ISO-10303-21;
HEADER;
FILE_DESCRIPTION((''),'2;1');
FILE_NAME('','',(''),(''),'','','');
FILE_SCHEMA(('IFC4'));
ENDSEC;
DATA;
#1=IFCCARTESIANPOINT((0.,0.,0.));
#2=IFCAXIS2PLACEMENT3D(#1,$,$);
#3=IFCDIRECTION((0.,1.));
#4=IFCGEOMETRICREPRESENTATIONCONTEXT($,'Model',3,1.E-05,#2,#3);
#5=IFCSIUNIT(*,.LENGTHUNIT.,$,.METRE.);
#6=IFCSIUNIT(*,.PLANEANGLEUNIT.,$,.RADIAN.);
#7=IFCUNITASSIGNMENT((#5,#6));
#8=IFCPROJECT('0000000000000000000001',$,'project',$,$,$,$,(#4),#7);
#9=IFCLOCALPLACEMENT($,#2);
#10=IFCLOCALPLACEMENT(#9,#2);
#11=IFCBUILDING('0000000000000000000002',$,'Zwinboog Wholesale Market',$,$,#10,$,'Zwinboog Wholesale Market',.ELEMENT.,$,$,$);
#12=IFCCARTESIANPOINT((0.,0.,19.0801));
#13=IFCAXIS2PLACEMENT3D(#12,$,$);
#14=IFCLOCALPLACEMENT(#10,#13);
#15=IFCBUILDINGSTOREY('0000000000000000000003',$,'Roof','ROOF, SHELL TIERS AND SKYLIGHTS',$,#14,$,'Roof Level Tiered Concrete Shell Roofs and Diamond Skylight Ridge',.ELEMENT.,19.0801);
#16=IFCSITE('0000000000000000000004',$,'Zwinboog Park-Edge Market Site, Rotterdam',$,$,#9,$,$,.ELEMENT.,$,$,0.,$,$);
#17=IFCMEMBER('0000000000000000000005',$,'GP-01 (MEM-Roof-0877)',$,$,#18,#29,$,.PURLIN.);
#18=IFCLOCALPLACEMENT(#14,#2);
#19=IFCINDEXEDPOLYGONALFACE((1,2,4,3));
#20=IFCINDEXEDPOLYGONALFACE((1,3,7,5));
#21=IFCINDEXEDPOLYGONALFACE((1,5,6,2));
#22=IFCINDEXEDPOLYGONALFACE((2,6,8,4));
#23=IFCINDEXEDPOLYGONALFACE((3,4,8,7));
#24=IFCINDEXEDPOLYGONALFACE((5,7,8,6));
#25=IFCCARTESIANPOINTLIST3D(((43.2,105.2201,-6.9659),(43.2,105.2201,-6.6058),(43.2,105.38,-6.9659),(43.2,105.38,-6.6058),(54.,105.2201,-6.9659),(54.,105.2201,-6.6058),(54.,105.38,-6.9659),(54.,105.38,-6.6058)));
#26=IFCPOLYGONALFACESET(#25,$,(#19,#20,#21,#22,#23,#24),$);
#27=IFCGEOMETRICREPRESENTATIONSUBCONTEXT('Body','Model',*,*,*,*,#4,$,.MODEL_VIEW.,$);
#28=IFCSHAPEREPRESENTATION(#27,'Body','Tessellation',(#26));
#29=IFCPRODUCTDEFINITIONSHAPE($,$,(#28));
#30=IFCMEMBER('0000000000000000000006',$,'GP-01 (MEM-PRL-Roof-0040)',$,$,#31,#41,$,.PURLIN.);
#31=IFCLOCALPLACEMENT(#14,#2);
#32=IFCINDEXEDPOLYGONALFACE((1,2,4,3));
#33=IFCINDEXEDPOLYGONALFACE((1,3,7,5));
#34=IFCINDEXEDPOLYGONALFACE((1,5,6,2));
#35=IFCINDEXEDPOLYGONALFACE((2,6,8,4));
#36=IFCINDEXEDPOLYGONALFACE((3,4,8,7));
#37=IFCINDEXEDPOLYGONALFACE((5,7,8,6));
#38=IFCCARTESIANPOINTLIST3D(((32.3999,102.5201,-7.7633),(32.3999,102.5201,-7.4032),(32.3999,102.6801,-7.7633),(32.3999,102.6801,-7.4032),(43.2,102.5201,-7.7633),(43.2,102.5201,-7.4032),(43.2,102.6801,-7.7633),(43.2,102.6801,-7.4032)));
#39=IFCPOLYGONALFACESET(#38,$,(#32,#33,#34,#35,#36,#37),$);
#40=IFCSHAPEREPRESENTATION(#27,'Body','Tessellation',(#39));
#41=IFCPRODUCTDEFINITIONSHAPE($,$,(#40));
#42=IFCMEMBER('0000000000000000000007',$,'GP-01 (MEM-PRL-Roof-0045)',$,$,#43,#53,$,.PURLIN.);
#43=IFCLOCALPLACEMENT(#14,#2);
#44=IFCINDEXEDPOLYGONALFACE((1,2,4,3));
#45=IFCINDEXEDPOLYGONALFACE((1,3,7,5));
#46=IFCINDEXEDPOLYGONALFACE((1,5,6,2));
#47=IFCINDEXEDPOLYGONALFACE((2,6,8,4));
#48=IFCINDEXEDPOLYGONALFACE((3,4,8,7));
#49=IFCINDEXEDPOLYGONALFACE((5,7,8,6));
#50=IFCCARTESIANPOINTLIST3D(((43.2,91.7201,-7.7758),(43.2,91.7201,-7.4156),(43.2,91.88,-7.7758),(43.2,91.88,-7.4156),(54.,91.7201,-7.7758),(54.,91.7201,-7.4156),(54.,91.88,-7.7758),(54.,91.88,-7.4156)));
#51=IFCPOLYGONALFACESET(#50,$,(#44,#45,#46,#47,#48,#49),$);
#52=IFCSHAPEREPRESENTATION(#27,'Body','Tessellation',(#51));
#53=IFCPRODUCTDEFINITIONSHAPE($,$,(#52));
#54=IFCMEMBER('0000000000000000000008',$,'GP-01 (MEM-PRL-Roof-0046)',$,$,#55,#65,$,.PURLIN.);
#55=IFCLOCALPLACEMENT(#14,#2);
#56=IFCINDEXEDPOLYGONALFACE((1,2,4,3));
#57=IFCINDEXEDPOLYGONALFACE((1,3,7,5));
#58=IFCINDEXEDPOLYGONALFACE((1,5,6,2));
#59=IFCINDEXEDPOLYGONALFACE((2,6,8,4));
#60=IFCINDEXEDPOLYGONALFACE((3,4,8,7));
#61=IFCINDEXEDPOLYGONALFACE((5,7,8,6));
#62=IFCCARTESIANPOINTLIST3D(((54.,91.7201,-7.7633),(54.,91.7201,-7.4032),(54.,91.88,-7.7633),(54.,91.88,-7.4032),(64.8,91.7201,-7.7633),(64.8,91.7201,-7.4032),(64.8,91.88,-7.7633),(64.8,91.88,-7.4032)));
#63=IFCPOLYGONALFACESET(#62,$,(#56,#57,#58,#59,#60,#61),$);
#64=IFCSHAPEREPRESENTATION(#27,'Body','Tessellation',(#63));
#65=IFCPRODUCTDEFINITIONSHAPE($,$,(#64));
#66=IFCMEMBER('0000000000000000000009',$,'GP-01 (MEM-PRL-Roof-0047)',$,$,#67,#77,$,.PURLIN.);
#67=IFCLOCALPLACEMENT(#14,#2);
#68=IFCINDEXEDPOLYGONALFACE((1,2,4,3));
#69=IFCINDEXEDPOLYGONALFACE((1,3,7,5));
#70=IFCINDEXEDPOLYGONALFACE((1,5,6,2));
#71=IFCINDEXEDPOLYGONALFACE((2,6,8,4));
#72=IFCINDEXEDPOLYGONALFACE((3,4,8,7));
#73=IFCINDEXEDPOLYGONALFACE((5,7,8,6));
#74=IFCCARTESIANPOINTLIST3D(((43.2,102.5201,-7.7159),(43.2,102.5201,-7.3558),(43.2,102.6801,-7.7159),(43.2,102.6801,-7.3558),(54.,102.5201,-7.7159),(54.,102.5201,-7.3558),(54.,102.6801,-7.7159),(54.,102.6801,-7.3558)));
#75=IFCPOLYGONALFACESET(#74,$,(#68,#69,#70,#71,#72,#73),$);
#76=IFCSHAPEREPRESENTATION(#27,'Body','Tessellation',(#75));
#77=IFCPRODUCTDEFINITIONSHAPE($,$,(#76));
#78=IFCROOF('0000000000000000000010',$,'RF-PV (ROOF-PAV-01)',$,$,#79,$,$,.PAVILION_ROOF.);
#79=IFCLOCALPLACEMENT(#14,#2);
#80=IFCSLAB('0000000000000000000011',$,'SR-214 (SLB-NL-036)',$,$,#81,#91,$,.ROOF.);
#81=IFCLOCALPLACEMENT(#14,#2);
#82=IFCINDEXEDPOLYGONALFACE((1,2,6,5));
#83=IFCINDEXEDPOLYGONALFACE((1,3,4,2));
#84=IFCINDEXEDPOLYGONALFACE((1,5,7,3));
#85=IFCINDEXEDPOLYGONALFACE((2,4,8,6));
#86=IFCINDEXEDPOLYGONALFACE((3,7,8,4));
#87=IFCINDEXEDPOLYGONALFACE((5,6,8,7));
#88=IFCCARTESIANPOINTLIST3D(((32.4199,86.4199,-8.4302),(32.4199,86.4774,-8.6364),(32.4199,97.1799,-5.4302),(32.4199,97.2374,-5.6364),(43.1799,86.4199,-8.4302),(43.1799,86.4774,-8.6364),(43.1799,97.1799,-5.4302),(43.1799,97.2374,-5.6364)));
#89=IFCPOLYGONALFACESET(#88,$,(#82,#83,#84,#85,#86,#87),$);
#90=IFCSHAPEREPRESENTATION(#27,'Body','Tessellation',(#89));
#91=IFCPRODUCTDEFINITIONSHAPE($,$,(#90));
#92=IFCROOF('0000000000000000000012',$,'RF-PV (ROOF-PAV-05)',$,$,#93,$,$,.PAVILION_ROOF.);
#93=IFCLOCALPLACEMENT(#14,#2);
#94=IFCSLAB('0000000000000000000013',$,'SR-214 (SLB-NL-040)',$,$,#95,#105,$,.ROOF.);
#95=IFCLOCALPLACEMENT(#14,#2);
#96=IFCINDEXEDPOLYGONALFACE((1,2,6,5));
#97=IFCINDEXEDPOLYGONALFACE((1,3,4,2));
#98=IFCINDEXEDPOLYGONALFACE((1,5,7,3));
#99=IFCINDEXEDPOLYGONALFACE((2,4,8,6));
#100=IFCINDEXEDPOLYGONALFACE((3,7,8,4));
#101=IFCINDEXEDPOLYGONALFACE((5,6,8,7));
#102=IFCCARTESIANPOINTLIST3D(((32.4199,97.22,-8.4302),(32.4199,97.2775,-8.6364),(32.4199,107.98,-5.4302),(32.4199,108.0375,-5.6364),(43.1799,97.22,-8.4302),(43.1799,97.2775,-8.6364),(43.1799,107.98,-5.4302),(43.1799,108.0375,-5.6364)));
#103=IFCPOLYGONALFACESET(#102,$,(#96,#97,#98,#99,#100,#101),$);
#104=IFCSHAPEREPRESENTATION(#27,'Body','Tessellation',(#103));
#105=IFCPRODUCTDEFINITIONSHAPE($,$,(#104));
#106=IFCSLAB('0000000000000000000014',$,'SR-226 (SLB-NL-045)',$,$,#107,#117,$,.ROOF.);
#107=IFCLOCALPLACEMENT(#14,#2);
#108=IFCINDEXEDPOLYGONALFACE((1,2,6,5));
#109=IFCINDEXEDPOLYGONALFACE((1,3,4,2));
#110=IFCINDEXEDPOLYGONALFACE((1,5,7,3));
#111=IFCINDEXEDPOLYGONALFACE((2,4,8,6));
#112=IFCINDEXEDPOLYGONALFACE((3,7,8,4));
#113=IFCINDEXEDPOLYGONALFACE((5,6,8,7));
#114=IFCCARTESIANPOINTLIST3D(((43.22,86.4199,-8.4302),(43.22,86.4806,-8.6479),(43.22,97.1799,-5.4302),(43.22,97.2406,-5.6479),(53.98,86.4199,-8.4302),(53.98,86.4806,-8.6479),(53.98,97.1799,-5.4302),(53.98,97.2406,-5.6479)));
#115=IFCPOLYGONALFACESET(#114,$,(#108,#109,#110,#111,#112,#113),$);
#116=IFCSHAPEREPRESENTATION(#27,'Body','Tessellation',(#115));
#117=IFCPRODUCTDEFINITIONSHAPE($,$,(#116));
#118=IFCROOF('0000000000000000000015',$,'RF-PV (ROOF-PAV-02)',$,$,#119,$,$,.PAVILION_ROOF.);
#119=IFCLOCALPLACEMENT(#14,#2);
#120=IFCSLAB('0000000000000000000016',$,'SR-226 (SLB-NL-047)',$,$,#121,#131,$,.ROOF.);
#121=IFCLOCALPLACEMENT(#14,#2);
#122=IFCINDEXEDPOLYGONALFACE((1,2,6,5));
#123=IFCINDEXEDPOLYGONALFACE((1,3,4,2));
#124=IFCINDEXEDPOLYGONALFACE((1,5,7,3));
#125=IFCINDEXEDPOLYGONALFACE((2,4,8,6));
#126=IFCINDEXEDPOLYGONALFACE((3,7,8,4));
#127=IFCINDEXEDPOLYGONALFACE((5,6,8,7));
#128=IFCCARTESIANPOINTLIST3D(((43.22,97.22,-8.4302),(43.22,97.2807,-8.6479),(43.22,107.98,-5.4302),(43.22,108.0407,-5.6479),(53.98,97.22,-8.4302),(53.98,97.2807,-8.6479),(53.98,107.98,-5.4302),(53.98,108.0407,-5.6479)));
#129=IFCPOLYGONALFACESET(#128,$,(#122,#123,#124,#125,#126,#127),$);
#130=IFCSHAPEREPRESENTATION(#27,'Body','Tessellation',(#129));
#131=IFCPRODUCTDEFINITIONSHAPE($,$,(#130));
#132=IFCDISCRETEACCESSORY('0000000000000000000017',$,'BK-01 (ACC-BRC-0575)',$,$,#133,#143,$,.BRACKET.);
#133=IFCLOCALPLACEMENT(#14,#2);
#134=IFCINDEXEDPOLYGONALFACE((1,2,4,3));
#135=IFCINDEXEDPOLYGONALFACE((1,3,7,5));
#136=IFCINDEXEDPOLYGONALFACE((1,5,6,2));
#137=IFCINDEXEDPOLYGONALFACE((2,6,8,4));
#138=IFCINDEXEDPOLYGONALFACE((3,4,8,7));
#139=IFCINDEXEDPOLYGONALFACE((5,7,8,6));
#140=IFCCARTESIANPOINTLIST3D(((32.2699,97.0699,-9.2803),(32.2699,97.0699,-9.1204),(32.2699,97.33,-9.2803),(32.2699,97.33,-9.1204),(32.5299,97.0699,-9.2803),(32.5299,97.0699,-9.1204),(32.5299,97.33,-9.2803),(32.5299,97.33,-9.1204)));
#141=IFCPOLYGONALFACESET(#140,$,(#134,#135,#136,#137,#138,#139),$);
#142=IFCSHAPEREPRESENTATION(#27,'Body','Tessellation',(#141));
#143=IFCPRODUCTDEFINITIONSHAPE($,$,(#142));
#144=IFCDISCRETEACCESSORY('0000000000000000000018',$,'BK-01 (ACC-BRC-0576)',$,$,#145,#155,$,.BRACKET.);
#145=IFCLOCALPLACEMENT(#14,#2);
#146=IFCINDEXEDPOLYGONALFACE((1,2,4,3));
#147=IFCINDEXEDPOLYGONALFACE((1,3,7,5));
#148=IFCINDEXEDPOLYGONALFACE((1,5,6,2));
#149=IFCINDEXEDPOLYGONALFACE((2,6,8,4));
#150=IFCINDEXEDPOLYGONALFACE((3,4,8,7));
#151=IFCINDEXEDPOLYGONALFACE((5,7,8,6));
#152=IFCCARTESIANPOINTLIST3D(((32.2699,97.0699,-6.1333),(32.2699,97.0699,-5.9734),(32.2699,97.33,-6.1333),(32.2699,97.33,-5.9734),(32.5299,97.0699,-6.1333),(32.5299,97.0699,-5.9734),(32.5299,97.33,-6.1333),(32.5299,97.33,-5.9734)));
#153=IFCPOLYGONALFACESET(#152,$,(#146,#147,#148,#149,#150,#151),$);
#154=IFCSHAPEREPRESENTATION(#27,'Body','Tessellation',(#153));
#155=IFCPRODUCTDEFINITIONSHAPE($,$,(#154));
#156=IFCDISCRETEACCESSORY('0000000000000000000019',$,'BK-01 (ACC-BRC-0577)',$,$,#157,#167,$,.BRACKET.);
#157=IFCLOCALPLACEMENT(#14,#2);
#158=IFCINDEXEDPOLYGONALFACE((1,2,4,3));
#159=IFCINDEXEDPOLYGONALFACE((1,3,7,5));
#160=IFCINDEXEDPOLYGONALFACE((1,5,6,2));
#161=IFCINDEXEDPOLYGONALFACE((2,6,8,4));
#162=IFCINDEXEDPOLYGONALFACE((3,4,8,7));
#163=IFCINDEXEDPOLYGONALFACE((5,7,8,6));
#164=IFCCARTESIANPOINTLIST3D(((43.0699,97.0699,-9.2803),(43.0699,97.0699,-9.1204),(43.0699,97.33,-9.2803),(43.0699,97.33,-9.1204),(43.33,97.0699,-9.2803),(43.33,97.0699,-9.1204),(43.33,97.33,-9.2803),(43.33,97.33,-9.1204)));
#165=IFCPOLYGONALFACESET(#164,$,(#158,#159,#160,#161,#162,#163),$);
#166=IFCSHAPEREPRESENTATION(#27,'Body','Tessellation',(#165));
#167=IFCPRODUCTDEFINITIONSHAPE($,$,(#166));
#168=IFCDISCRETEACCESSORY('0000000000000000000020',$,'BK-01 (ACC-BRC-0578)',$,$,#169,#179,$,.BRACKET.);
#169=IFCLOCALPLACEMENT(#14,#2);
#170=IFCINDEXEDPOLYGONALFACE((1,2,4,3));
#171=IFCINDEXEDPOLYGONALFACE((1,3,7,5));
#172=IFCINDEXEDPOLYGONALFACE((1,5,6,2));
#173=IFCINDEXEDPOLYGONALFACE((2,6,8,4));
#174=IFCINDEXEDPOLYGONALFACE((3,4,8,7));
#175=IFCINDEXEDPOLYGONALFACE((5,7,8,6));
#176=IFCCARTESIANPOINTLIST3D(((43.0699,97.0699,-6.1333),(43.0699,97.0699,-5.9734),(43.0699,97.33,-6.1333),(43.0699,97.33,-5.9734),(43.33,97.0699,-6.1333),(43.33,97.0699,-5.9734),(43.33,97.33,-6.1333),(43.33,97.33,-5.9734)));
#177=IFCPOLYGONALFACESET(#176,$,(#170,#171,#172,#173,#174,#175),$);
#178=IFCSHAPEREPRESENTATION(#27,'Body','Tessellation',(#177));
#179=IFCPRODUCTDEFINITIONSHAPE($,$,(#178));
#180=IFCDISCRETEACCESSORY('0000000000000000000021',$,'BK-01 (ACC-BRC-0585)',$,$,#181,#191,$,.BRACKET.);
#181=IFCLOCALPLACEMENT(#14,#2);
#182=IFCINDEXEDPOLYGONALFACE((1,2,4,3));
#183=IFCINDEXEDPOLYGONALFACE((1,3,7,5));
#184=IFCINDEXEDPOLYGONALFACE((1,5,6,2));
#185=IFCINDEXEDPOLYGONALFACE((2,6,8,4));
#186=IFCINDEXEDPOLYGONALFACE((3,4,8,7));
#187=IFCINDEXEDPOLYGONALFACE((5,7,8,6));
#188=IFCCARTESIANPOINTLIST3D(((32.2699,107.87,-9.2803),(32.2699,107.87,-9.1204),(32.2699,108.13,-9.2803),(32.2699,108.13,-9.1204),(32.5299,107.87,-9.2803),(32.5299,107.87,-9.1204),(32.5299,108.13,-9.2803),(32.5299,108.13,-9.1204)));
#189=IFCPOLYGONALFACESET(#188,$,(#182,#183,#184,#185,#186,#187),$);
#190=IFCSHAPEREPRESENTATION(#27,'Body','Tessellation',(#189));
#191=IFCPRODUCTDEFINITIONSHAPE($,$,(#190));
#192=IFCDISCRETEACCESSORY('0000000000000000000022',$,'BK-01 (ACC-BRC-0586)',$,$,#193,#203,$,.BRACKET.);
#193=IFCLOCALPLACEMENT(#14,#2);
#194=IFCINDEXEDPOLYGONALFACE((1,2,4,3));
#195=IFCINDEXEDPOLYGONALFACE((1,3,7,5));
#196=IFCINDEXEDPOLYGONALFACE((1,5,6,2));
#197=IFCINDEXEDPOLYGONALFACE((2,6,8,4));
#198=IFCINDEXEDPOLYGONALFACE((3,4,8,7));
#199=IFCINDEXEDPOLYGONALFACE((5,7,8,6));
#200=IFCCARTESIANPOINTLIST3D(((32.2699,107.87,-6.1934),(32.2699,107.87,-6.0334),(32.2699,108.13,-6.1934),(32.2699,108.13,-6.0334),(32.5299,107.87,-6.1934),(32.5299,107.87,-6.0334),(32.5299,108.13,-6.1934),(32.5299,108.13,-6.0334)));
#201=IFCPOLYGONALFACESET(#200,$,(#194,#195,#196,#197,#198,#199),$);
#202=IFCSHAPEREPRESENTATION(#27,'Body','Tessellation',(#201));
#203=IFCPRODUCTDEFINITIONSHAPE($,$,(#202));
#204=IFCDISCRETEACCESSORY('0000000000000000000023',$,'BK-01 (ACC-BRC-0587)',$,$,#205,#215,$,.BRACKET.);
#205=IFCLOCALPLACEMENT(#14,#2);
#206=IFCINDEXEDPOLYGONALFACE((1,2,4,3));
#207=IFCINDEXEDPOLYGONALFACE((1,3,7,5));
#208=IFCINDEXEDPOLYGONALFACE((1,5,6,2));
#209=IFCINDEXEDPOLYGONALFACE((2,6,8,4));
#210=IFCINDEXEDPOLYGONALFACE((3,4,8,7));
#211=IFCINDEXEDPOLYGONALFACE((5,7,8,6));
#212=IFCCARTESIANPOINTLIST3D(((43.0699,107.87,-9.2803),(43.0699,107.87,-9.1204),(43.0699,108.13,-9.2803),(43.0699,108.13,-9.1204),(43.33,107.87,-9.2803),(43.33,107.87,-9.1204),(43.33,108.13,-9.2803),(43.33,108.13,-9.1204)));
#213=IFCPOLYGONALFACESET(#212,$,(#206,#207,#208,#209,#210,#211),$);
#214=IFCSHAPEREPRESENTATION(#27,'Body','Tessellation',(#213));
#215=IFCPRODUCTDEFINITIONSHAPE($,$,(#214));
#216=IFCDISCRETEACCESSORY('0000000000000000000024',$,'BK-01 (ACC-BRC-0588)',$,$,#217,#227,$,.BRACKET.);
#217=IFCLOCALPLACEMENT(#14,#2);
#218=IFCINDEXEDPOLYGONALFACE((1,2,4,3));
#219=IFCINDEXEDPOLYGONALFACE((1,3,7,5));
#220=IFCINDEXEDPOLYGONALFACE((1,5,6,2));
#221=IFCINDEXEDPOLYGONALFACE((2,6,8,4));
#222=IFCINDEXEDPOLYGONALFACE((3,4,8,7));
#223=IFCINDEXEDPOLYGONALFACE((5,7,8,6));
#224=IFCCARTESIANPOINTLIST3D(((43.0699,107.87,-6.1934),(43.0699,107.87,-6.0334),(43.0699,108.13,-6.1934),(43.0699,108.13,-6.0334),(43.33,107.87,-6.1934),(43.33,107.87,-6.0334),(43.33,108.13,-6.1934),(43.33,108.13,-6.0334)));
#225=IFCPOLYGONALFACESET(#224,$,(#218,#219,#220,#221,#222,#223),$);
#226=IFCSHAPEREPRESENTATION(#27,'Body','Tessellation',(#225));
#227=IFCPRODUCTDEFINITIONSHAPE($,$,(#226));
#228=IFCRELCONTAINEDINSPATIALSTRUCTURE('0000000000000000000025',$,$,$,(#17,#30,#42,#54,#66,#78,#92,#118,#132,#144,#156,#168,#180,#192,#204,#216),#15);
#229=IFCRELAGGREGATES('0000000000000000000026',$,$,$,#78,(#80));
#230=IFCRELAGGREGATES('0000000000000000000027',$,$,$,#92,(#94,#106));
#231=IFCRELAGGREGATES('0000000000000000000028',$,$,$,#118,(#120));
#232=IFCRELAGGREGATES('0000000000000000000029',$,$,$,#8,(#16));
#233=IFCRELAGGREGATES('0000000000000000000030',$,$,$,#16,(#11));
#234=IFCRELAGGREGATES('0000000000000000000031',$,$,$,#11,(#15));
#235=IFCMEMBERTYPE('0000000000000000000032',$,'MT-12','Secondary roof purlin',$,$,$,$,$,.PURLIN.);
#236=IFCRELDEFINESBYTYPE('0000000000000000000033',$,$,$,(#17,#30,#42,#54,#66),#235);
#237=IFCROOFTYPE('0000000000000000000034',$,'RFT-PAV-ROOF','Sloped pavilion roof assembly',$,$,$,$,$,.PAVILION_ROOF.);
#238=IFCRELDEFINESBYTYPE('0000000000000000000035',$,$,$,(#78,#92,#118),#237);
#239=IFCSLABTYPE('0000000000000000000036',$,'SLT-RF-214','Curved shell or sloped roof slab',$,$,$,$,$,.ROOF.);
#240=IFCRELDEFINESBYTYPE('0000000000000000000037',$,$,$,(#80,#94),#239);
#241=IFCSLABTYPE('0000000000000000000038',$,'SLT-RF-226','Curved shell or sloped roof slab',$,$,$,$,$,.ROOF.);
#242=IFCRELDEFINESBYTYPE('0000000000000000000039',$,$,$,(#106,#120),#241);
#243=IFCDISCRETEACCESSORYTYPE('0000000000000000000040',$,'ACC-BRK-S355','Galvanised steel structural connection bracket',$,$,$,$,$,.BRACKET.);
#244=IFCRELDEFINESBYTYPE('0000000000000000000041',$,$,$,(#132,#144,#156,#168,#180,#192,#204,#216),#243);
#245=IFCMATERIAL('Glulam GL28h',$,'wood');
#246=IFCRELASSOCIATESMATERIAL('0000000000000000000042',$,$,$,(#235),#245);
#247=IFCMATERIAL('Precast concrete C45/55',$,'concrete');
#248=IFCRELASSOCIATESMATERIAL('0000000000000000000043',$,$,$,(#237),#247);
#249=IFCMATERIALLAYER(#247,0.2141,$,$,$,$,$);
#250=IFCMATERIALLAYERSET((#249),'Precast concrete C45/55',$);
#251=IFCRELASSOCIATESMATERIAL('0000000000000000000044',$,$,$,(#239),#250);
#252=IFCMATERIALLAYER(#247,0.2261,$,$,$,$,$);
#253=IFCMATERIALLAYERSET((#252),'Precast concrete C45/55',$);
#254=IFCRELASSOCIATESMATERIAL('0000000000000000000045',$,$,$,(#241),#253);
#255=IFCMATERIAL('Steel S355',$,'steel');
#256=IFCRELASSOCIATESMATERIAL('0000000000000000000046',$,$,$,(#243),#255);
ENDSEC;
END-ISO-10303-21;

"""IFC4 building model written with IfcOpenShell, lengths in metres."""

from ifc_helpers import new_model, si_unit, direction, frame, origin, origin_2d, place, context, subcontext, project, spatial, polyline, rectangle, outline, extrude, material, layer, layer_set, material_profile, profile_set, type_object, element, aggregate, save


model = new_model("IFC4")

# Units and contexts
model_context = context("Model", 3, precision=1e-05, world=origin(), true_north=direction((0.0, 1.0)))
body_context = subcontext(model_context, "Body", "Model", "MODEL_VIEW")
ifc_project = project(units=[si_unit("LENGTHUNIT", "METRE"), si_unit("PLANEANGLEUNIT", "RADIAN")], contexts=[model_context])

# Site, building, storey
site_placement = place(None, origin())
site = spatial("IfcSite", under=ifc_project, at=site_placement, Name="Zwinboog Park-Edge Market Site, Rotterdam", CompositionType="ELEMENT", RefElevation=0.0)
building_placement = place(site_placement, origin())
building = spatial("IfcBuilding", under=site, at=building_placement, Name="Zwinboog Wholesale Market", LongName="Zwinboog Wholesale Market", CompositionType="ELEMENT")
storey_placement = place(building_placement, frame((0.0, 0.0, 19.0801)))
storey = spatial("IfcBuildingStorey", under=building, at=storey_placement, Name="Roof", Description="ROOF, SHELL TIERS AND SKYLIGHTS", LongName="Roof Level Tiered Concrete Shell Roofs and Diamond Skylight Ridge", CompositionType="ELEMENT", Elevation=19.0801)

# Shared definitions
ifc_material_1 = material(Name="Precast concrete C45/55", Category="concrete")

# Members
ifc_material_2 = material(Name="Steel S355", Category="steel")
ifc_material_3 = material(Name="Glulam GL28h", Category="wood")
ifc_material_profile_1 = material_profile(ifc_material_3, rectangle(XDim=0.1599, YDim=0.3601, at=origin_2d()), Name="GL28h 160x360")
ifc_profile_set_1 = profile_set([ifc_material_profile_1], Name="Glulam GL28h")
member_type_1 = type_object("IfcMemberType", Name="MT-12", Description="Secondary roof purlin", PredefinedType="PURLIN", material=ifc_profile_set_1)
for number, where, z_axis, x_axis, name in (
    (1, (43.2, 105.3, -6.7859), (1.0, 0.0, 0.0), (0.0, 1.0, 0.0), "GP-01 (MEM-Roof-0877)"),
    (2, (32.3999, 102.6001, -7.5833), (1.0, 0.0, 0.0), (0.0, 1.0, 0.0), "GP-01 (MEM-PRL-Roof-0040)"),
    (3, (43.2, 91.8, -7.5957), (1.0, 0.0, 0.0), (0.0, 1.0, 0.0), "GP-01 (MEM-PRL-Roof-0045)"),
    (4, (54.0, 91.8, -7.5833), (1.0, 0.0, 0.0), (0.0, 1.0, 0.0), "GP-01 (MEM-PRL-Roof-0046)"),
    (5, (43.2, 102.6001, -7.5359), (1.0, 0.0, 0.0), (0.0, 1.0, 0.0), "GP-01 (MEM-PRL-Roof-0047)"),
):
    element("IfcMember", number, at=place(storey_placement, frame(where, z_axis=z_axis, x_axis=x_axis)), inside=storey, type_object=member_type_1, Name=name, PredefinedType="PURLIN", context=body_context, shape_type="SweptSolid", body=[
        extrude(rectangle(XDim=0.1599, YDim=0.3601, at=origin_2d()), origin(), (0.0, 0.0, 1.0), 10.8),
    ])

# Roof, slab
roof_type = type_object("IfcRoofType", Name="RFT-PAV-ROOF", Description="Sloped pavilion roof assembly", PredefinedType="PAVILION_ROOF", material=ifc_material_1)
roof_1_placement = place(storey_placement, origin())
roof_1 = element("IfcRoof", 6, at=roof_1_placement, inside=storey, type_object=roof_type, Name="RF-PV (ROOF-PAV-01)", PredefinedType="PAVILION_ROOF")
ifc_layer_1 = layer(ifc_material_1, 0.2141)
ifc_layer_set_1 = layer_set([ifc_layer_1], Name="Precast concrete C45/55")
slab_type_1 = type_object("IfcSlabType", Name="SLT-RF-214", Description="Curved shell or sloped roof slab", PredefinedType="ROOF", material=ifc_layer_set_1)
slab_1_placement = place(storey_placement, frame((32.4199, 86.4199, -8.4302), z_axis=(0.0, -0.268567, 0.963261), x_axis=(1.0, 0.0, 0.0)))
slab_1 = element("IfcSlab", 7, at=slab_1_placement, type_object=slab_type_1, Name="SR-214 (SLB-NL-036)", PredefinedType="ROOF", context=body_context, shape_type="SweptSolid", body=[
    extrude(outline(polyline([(0.0, 0.0), (10.76, 0.0), (10.76, 11.1704), (0.0, 11.1704), (0.0, 0.0)])), origin(), (0.0, 0.0, -1.0), 0.2141),
])
aggregate(roof_1, [slab_1])

# Roof, slabs
roof_2_placement = place(storey_placement, origin())
roof_2 = element("IfcRoof", 8, at=roof_2_placement, inside=storey, type_object=roof_type, Name="RF-PV (ROOF-PAV-05)", PredefinedType="PAVILION_ROOF")
slab_2_placement = place(storey_placement, frame((32.4199, 97.22, -8.4302), z_axis=(0.0, -0.268567, 0.963261), x_axis=(1.0, 0.0, 0.0)))
slab_2 = element("IfcSlab", 9, at=slab_2_placement, type_object=slab_type_1, Name="SR-214 (SLB-NL-040)", PredefinedType="ROOF", context=body_context, shape_type="SweptSolid", body=[
    extrude(outline(polyline([(0.0, 0.0), (10.76, 0.0), (10.76, 11.1704), (0.0, 11.1704), (0.0, 0.0)])), origin(), (0.0, 0.0, -1.0), 0.2141),
])
ifc_layer_2 = layer(ifc_material_1, 0.2261)
ifc_layer_set_2 = layer_set([ifc_layer_2], Name="Precast concrete C45/55")
slab_type_2 = type_object("IfcSlabType", Name="SLT-RF-226", Description="Curved shell or sloped roof slab", PredefinedType="ROOF", material=ifc_layer_set_2)
slab_3_placement = place(storey_placement, frame((43.22, 86.4199, -8.4302), z_axis=(0.0, -0.268567, 0.963261), x_axis=(1.0, 0.0, 0.0)))
slab_3 = element("IfcSlab", 10, at=slab_3_placement, type_object=slab_type_2, Name="SR-226 (SLB-NL-045)", PredefinedType="ROOF", context=body_context, shape_type="SweptSolid", body=[
    extrude(outline(polyline([(0.0, 0.0), (10.76, 0.0), (10.76, 11.1704), (0.0, 11.1704), (0.0, 0.0)])), origin(), (0.0, 0.0, -1.0), 0.2261),
])
aggregate(roof_2, [slab_2, slab_3])

# Roof, slab
roof_3_placement = place(storey_placement, origin())
roof_3 = element("IfcRoof", 11, at=roof_3_placement, inside=storey, type_object=roof_type, Name="RF-PV (ROOF-PAV-02)", PredefinedType="PAVILION_ROOF")
slab_4_placement = place(storey_placement, frame((43.22, 97.22, -8.4302), z_axis=(0.0, -0.268567, 0.963261), x_axis=(1.0, 0.0, 0.0)))
slab_4 = element("IfcSlab", 12, at=slab_4_placement, type_object=slab_type_2, Name="SR-226 (SLB-NL-047)", PredefinedType="ROOF", context=body_context, shape_type="SweptSolid", body=[
    extrude(outline(polyline([(0.0, 0.0), (10.76, 0.0), (10.76, 11.1704), (0.0, 11.1704), (0.0, 0.0)])), origin(), (0.0, 0.0, -1.0), 0.2261),
])
aggregate(roof_3, [slab_4])

# Discrete accessories
discrete_accessory_type = type_object("IfcDiscreteAccessoryType", Name="ACC-BRK-S355", Description="Galvanised steel structural connection bracket", PredefinedType="BRACKET", material=ifc_material_2)
for number, where, z_axis, x_axis, name in (
    (13, (32.3999, 97.2, -9.2803), (0.0, 0.0, 1.0), (1.0, 0.0, 0.0), "BK-01 (ACC-BRC-0575)"),
    (14, (32.3999, 97.2, -6.1333), (0.0, 0.0, 1.0), (1.0, 0.0, 0.0), "BK-01 (ACC-BRC-0576)"),
    (15, (43.2, 97.2, -9.2803), (0.0, 0.0, 1.0), (1.0, 0.0, 0.0), "BK-01 (ACC-BRC-0577)"),
    (16, (43.2, 97.2, -6.1333), (0.0, 0.0, 1.0), (1.0, 0.0, 0.0), "BK-01 (ACC-BRC-0578)"),
    (17, (32.3999, 108.0, -9.2803), (0.0, 0.0, 1.0), (1.0, 0.0, 0.0), "BK-01 (ACC-BRC-0585)"),
    (18, (32.3999, 108.0, -6.1934), (0.0, 0.0, 1.0), (1.0, 0.0, 0.0), "BK-01 (ACC-BRC-0586)"),
    (19, (43.2, 108.0, -9.2803), (0.0, 0.0, 1.0), (1.0, 0.0, 0.0), "BK-01 (ACC-BRC-0587)"),
    (20, (43.2, 108.0, -6.1934), (0.0, 0.0, 1.0), (1.0, 0.0, 0.0), "BK-01 (ACC-BRC-0588)"),
):
    element("IfcDiscreteAccessory", number, at=place(storey_placement, frame(where, z_axis=z_axis, x_axis=x_axis)), inside=storey, type_object=discrete_accessory_type, Name=name, PredefinedType="BRACKET", context=body_context, shape_type="SweptSolid", body=[
        extrude(rectangle(XDim=0.26, YDim=0.26, at=origin_2d()), origin(), (0.0, 0.0, 1.0), 0.1599),
    ])

save(model, "model.ifc")
